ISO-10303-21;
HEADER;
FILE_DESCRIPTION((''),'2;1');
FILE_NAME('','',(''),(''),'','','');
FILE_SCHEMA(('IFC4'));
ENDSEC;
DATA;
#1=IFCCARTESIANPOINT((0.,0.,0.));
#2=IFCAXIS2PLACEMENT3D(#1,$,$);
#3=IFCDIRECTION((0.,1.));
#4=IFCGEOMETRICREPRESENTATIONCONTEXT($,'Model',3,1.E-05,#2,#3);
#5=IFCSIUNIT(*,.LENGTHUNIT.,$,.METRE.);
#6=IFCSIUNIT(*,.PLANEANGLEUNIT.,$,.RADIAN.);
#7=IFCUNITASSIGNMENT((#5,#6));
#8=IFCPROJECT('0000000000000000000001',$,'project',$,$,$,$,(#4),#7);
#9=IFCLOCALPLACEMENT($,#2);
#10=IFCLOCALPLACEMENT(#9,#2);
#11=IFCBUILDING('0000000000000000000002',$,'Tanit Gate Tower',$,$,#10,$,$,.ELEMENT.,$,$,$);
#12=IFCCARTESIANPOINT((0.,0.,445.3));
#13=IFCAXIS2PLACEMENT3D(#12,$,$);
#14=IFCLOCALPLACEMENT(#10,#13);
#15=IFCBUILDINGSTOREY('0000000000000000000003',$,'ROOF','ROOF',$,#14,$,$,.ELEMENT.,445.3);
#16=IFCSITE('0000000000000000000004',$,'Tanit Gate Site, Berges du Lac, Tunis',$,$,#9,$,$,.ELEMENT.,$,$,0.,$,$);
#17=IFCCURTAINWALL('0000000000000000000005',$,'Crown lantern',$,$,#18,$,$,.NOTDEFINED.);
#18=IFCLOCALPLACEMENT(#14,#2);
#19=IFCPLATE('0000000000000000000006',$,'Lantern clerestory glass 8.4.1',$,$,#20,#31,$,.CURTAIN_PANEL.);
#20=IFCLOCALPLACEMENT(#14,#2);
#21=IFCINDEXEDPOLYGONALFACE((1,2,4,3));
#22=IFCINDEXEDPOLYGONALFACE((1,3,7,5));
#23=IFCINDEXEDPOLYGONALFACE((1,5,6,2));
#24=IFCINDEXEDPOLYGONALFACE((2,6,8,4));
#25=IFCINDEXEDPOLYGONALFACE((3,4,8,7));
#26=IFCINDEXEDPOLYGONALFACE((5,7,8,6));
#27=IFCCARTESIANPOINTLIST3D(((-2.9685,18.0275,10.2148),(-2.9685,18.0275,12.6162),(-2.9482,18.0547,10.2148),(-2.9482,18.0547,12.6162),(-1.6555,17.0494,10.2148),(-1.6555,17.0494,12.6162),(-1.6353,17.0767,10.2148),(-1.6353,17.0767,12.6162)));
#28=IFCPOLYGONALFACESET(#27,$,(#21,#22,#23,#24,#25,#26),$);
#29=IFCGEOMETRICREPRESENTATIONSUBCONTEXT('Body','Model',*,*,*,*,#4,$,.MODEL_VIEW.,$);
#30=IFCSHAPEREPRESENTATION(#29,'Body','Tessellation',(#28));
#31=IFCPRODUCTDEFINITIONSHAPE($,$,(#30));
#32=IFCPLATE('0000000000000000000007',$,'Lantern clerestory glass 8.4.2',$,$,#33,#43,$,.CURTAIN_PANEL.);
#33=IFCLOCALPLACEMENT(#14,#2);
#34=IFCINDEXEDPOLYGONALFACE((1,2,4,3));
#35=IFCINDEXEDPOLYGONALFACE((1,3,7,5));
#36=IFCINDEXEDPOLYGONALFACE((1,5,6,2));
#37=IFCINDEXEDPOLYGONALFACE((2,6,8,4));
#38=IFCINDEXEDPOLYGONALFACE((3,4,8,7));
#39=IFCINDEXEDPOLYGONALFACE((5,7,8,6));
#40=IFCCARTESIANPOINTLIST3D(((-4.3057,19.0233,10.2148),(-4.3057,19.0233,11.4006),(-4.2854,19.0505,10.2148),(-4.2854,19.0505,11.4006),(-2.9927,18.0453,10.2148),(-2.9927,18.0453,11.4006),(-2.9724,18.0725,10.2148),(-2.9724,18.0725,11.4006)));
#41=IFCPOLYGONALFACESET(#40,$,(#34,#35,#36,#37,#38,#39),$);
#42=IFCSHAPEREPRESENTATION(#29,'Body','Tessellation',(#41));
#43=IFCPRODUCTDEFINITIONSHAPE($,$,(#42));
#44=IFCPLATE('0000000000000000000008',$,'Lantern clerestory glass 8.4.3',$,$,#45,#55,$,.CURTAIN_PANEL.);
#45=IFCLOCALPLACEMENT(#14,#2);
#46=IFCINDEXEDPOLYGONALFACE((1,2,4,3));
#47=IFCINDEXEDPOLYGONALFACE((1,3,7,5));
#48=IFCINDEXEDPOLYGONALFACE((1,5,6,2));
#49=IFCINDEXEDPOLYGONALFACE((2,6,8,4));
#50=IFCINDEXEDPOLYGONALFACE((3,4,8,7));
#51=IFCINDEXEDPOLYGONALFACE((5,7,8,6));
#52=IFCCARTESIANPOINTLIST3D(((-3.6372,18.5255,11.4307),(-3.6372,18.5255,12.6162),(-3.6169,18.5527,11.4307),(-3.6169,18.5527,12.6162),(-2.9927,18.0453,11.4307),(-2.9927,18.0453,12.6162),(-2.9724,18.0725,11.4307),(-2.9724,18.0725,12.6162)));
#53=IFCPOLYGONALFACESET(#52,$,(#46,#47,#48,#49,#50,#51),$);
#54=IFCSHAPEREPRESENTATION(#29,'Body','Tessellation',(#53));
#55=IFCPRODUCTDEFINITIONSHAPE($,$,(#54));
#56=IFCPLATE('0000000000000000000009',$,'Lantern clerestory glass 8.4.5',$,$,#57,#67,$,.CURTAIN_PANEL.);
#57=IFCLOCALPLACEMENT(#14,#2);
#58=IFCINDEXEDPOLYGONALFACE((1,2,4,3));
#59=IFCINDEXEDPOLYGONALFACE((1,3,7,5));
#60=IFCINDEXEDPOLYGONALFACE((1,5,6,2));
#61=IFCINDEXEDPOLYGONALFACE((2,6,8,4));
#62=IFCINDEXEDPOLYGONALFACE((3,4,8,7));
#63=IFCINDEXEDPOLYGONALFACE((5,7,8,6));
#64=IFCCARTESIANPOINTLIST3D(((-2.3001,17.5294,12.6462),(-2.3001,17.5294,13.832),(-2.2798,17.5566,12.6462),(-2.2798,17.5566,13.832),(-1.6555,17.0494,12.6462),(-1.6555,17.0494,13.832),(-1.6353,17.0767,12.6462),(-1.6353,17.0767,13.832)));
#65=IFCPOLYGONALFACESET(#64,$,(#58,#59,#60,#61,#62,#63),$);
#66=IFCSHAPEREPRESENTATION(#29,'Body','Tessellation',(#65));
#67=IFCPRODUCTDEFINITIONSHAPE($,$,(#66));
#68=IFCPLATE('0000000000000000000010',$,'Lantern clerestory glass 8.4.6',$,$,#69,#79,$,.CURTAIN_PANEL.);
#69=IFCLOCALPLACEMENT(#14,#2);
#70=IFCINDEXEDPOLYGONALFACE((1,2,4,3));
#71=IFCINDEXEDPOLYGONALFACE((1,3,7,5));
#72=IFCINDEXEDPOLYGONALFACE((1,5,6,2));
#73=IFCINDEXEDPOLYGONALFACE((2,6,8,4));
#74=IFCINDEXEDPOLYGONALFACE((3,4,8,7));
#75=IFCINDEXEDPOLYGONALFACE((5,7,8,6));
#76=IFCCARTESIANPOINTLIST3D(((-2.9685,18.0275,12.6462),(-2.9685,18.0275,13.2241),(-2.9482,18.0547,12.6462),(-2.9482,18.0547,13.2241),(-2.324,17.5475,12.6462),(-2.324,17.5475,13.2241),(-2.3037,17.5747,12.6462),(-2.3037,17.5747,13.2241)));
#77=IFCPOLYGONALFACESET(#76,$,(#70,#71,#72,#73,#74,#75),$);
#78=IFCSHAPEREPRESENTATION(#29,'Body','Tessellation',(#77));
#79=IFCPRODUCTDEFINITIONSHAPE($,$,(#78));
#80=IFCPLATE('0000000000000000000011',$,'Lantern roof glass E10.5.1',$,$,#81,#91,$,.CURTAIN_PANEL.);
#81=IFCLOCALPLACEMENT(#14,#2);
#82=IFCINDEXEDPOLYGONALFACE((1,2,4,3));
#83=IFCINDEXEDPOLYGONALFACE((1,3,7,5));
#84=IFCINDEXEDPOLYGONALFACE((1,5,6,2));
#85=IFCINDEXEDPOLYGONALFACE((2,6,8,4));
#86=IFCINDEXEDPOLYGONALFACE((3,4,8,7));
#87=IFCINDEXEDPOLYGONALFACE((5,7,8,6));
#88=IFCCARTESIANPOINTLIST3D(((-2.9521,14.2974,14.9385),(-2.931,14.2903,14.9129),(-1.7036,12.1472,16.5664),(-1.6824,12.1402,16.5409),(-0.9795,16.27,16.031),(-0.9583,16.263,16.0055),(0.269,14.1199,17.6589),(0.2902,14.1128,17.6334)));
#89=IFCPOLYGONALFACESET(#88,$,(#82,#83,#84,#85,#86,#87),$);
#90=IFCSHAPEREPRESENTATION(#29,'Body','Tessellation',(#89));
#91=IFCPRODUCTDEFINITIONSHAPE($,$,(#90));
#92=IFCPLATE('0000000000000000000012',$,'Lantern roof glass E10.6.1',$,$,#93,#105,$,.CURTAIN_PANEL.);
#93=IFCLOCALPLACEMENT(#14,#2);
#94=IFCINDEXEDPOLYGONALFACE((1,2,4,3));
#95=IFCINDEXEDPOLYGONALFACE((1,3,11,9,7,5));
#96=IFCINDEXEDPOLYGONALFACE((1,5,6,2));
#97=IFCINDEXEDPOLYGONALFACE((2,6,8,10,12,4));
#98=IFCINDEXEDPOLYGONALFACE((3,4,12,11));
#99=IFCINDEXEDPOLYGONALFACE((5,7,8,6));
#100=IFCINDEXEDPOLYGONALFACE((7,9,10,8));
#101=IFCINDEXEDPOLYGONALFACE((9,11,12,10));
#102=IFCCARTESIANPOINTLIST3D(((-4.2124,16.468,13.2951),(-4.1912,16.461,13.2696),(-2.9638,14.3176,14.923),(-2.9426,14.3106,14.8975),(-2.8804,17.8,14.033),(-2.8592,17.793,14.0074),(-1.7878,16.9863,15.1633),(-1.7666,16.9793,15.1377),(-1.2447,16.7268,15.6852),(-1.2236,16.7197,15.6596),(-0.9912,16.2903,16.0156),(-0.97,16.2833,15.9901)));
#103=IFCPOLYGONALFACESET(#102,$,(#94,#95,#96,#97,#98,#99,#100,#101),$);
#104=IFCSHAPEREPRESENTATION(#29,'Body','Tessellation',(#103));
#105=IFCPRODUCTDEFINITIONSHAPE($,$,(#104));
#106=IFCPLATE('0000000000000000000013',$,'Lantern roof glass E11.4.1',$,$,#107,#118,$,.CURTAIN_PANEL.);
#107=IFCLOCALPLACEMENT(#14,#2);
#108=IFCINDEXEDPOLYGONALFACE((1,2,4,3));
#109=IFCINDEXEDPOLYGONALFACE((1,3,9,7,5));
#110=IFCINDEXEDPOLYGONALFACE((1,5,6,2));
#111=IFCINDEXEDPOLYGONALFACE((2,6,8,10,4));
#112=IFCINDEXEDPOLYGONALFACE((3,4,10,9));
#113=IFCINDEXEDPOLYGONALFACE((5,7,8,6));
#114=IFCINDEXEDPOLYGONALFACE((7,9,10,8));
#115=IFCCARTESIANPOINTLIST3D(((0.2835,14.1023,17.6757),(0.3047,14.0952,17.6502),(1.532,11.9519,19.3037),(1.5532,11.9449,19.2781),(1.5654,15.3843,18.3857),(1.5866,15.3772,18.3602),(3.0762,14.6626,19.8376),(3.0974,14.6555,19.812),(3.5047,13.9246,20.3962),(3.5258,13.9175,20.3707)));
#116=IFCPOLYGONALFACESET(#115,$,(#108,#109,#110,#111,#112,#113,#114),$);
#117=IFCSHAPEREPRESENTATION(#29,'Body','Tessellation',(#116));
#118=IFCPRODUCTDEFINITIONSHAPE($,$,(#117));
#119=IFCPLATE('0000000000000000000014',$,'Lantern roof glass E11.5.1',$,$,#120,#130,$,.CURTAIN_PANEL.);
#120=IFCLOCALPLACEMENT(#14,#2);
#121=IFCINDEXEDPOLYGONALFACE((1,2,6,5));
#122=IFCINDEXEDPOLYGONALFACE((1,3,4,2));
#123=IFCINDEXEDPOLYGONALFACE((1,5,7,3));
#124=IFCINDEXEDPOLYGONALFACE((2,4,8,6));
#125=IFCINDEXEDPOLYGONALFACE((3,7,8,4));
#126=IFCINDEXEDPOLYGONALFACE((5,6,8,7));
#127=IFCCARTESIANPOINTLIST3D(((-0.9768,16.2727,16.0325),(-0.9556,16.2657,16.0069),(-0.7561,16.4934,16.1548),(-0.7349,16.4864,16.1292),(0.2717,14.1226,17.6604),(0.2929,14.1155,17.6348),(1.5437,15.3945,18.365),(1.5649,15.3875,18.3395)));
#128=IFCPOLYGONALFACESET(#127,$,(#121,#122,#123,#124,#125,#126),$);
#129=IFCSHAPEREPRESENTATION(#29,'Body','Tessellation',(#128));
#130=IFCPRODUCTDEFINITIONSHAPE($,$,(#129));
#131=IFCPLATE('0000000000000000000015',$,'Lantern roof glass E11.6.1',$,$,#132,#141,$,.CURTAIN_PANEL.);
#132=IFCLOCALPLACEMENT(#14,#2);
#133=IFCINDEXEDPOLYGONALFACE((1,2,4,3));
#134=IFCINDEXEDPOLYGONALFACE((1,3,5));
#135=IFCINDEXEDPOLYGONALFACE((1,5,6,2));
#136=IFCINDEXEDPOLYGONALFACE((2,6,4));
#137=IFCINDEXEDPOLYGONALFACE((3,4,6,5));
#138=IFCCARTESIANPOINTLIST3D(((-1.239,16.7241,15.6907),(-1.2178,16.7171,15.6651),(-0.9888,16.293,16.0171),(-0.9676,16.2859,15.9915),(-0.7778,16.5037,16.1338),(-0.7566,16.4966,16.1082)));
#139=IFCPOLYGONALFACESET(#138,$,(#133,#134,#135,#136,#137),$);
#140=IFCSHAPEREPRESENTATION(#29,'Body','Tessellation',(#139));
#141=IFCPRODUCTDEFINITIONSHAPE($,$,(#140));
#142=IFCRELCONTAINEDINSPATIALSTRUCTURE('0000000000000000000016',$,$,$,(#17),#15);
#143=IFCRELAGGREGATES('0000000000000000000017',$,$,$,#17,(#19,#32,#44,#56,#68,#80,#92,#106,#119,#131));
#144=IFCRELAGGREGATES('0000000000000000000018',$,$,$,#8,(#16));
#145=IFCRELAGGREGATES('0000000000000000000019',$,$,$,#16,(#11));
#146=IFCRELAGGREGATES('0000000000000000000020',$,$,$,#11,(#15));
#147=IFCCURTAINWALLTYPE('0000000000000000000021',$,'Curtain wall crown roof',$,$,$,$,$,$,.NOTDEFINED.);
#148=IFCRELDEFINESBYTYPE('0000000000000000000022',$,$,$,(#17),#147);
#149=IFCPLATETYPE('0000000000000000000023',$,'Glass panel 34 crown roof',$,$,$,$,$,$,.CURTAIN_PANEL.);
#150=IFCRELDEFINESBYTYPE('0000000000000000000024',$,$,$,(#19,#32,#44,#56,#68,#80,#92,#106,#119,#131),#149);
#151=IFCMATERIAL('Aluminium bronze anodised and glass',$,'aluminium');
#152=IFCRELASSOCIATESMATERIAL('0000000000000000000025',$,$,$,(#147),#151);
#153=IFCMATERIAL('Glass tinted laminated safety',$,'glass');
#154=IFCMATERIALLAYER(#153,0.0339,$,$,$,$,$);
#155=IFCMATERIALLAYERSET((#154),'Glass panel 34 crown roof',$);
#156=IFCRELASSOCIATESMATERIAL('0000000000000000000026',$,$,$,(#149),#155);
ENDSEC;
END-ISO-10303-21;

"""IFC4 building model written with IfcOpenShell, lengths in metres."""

from ifc_helpers import new_model, si_unit, direction, frame, origin, place, context, subcontext, project, spatial, polyline, outline, extrude, material, layer, layer_set, type_object, element, aggregate, save


model = new_model("IFC4")

# Units and contexts
model_context = context("Model", 3, precision=1e-05, world=origin(), true_north=direction((0.0, 1.0)))
body_context = subcontext(model_context, "Body", "Model", "MODEL_VIEW")
ifc_project = project(units=[si_unit("LENGTHUNIT", "METRE"), si_unit("PLANEANGLEUNIT", "RADIAN")], contexts=[model_context])

# Site, building, storey
site_placement = place(None, origin())
site = spatial("IfcSite", under=ifc_project, at=site_placement, Name="Tanit Gate Site, Berges du Lac, Tunis", CompositionType="ELEMENT", RefElevation=0.0)
building_placement = place(site_placement, origin())
building = spatial("IfcBuilding", under=site, at=building_placement, Name="Tanit Gate Tower", CompositionType="ELEMENT")
storey_placement = place(building_placement, frame((0.0, 0.0, 445.3)))
storey = spatial("IfcBuildingStorey", under=building, at=storey_placement, Name="ROOF", Description="ROOF", CompositionType="ELEMENT", Elevation=445.3)

# Curtain wall, plates
ifc_material_1 = material(Name="Aluminium bronze anodised and glass", Category="aluminium")
curtain_wall_type = type_object("IfcCurtainWallType", Name="Curtain wall crown roof", PredefinedType="NOTDEFINED", material=ifc_material_1)
curtain_wall_placement = place(storey_placement, origin())
curtain_wall = element("IfcCurtainWall", 1, at=curtain_wall_placement, inside=storey, type_object=curtain_wall_type, Name="Crown lantern", PredefinedType="NOTDEFINED")
ifc_material_2 = material(Name="Glass tinted laminated safety", Category="glass")
ifc_layer = layer(ifc_material_2, 0.0339)
ifc_layer_set = layer_set([ifc_layer], Name="Glass panel 34 crown roof")
plate_type = type_object("IfcPlateType", Name="Glass panel 34 crown roof", PredefinedType="CURTAIN_PANEL", material=ifc_layer_set)
plate_1_placement = place(storey_placement, frame((-1.6353, 17.0767, 10.2148), z_axis=(0.597372, 0.801964, 0.0), x_axis=(-0.801964, 0.597372, 0.0)))
plate_1 = element("IfcPlate", 2, at=plate_1_placement, type_object=plate_type, Name="Lantern clerestory glass 8.4.1", PredefinedType="CURTAIN_PANEL", context=body_context, shape_type="SweptSolid", body=[
    extrude(outline(polyline([(0.0, 0.0), (1.6372, 0.0), (1.6372, 2.4014), (0.0, 2.4014), (0.0, 0.0)])), origin(), (0.0, 0.0, -1.0), 0.0339),
])
plate_2_placement = place(storey_placement, frame((-2.9724, 18.0725, 10.2148), z_axis=(0.597372, 0.801964, 0.0), x_axis=(-0.801964, 0.597372, 0.0)))
plate_2 = element("IfcPlate", 3, at=plate_2_placement, type_object=plate_type, Name="Lantern clerestory glass 8.4.2", PredefinedType="CURTAIN_PANEL", context=body_context, shape_type="SweptSolid", body=[
    extrude(outline(polyline([(0.0, 0.0), (1.6372, 0.0), (1.6372, 1.1858), (0.0, 1.1858), (0.0, 0.0)])), origin(), (0.0, 0.0, -1.0), 0.0339),
])
plate_3_placement = place(storey_placement, frame((-2.9724, 18.0725, 11.4307), z_axis=(0.59747, 0.801891, 0.0), x_axis=(-0.801891, 0.59747, 0.0)))
plate_3 = element("IfcPlate", 4, at=plate_3_placement, type_object=plate_type, Name="Lantern clerestory glass 8.4.3", PredefinedType="CURTAIN_PANEL", context=body_context, shape_type="SweptSolid", body=[
    extrude(outline(polyline([(0.0, 0.0), (0.8038, 0.0), (0.8038, 1.1855), (0.0, 1.1855), (0.0, 0.0)])), origin(), (0.0, 0.0, -1.0), 0.0339),
])
plate_4_placement = place(storey_placement, frame((-1.6353, 17.0767, 12.6462), z_axis=(0.597274, 0.802037, 0.0), x_axis=(-0.802037, 0.597274, 0.0)))
plate_4 = element("IfcPlate", 5, at=plate_4_placement, type_object=plate_type, Name="Lantern clerestory glass 8.4.5", PredefinedType="CURTAIN_PANEL", context=body_context, shape_type="SweptSolid", body=[
    extrude(outline(polyline([(0.0, 0.0), (0.8036, 0.0), (0.8036, 1.1858), (0.0, 1.1858), (0.0, 0.0)])), origin(), (0.0, 0.0, -1.0), 0.0339),
])
plate_5_placement = place(storey_placement, frame((-2.3037, 17.5747, 12.6462), z_axis=(0.597274, 0.802037, 0.0), x_axis=(-0.802037, 0.597274, 0.0)))
plate_5 = element("IfcPlate", 6, at=plate_5_placement, type_object=plate_type, Name="Lantern clerestory glass 8.4.6", PredefinedType="CURTAIN_PANEL", context=body_context, shape_type="SweptSolid", body=[
    extrude(outline(polyline([(0.0, 0.0), (0.8036, 0.0), (0.8036, 0.5779), (0.0, 0.5779), (0.0, 0.0)])), origin(), (0.0, 0.0, -1.0), 0.0339),
])
plate_6_placement = place(storey_placement, frame((-0.9795, 16.27, 16.031), z_axis=(-0.624492, 0.207468, 0.752972), x_axis=(-0.658417, -0.658417, -0.364656)))
plate_6 = element("IfcPlate", 7, at=plate_6_placement, type_object=plate_type, Name="Lantern roof glass E10.5.1", PredefinedType="CURTAIN_PANEL", context=body_context, shape_type="SweptSolid", body=[
    extrude(outline(polyline([(0.0, 0.0), (2.9961, 0.0), (2.9961, 2.9719), (0.0, 2.9719), (0.0, 0.0)])), origin(), (0.0, 0.0, -1.0), 0.0339),
])
plate_7_placement = place(storey_placement, frame((-2.8804, 17.8, 14.033), z_axis=(-0.624504, 0.20741, 0.752978), x_axis=(-0.658397, -0.658414, -0.364699)))
plate_7 = element("IfcPlate", 8, at=plate_7_placement, type_object=plate_type, Name="Lantern roof glass E10.6.1", PredefinedType="CURTAIN_PANEL", context=body_context, shape_type="SweptSolid", body=[
    extrude(outline(polyline([(0.0, 0.0), (2.0231, 0.0), (2.0232, 2.9721), (-0.9728, 2.972), (-0.9728, 2.3687), (-0.5958, 1.6669), (0.0, 0.0)])), origin(), (0.0, 0.0, -1.0), 0.0339),
])
plate_8_placement = place(storey_placement, frame((1.5654, 15.3843, 18.3857), z_axis=(-0.624491, 0.207451, 0.752977), x_axis=(-0.658406, -0.658429, -0.364655)))
plate_8 = element("IfcPlate", 9, at=plate_8_placement, type_object=plate_type, Name="Lantern roof glass E11.4.1", PredefinedType="CURTAIN_PANEL", context=body_context, shape_type="SweptSolid", body=[
    extrude(outline(polyline([(0.0, 0.0), (1.947, 0.0), (1.9473, 2.9721), (-1.0488, 2.9721), (-1.049, 1.9522), (0.0, 0.0)])), origin(), (0.0, 0.0, -1.0), 0.0339),
])
plate_9_placement = place(storey_placement, frame((-0.7561, 16.4934, 16.1548), z_axis=(-0.624531, 0.207414, 0.752954), x_axis=(-0.65843, -0.658336, -0.364779)))
plate_9 = element("IfcPlate", 10, at=plate_9_placement, type_object=plate_type, Name="Lantern roof glass E11.5.1", PredefinedType="CURTAIN_PANEL", context=body_context, shape_type="SweptSolid", body=[
    extrude(outline(polyline([(0.0, 0.0), (0.3352, 0.0), (0.3348, 2.9719), (-1.5971, 2.9717), (0.0, 0.0)])), origin(), (0.0, 0.0, -1.0), 0.0339),
])
plate_10_placement = place(storey_placement, frame((-0.9888, 16.293, 16.0171), z_axis=(-0.624233, 0.207835, 0.753086), x_axis=(0.658842, 0.658079, 0.364498)))
plate_10 = element("IfcPlate", 11, at=plate_10_placement, type_object=plate_type, Name="Lantern roof glass E11.6.1", PredefinedType="CURTAIN_PANEL", context=body_context, shape_type="SweptSolid", body=[
    extrude(outline(polyline([(0.0, 0.0), (0.3202, 0.0), (-0.0001, 0.5959), (0.0, 0.0)])), origin(), (0.0, 0.0, -1.0), 0.0339),
])
aggregate(curtain_wall, [plate_1, plate_2, plate_3, plate_4, plate_5, plate_6, plate_7, plate_8, plate_9, plate_10])

save(model, "model.ifc")
